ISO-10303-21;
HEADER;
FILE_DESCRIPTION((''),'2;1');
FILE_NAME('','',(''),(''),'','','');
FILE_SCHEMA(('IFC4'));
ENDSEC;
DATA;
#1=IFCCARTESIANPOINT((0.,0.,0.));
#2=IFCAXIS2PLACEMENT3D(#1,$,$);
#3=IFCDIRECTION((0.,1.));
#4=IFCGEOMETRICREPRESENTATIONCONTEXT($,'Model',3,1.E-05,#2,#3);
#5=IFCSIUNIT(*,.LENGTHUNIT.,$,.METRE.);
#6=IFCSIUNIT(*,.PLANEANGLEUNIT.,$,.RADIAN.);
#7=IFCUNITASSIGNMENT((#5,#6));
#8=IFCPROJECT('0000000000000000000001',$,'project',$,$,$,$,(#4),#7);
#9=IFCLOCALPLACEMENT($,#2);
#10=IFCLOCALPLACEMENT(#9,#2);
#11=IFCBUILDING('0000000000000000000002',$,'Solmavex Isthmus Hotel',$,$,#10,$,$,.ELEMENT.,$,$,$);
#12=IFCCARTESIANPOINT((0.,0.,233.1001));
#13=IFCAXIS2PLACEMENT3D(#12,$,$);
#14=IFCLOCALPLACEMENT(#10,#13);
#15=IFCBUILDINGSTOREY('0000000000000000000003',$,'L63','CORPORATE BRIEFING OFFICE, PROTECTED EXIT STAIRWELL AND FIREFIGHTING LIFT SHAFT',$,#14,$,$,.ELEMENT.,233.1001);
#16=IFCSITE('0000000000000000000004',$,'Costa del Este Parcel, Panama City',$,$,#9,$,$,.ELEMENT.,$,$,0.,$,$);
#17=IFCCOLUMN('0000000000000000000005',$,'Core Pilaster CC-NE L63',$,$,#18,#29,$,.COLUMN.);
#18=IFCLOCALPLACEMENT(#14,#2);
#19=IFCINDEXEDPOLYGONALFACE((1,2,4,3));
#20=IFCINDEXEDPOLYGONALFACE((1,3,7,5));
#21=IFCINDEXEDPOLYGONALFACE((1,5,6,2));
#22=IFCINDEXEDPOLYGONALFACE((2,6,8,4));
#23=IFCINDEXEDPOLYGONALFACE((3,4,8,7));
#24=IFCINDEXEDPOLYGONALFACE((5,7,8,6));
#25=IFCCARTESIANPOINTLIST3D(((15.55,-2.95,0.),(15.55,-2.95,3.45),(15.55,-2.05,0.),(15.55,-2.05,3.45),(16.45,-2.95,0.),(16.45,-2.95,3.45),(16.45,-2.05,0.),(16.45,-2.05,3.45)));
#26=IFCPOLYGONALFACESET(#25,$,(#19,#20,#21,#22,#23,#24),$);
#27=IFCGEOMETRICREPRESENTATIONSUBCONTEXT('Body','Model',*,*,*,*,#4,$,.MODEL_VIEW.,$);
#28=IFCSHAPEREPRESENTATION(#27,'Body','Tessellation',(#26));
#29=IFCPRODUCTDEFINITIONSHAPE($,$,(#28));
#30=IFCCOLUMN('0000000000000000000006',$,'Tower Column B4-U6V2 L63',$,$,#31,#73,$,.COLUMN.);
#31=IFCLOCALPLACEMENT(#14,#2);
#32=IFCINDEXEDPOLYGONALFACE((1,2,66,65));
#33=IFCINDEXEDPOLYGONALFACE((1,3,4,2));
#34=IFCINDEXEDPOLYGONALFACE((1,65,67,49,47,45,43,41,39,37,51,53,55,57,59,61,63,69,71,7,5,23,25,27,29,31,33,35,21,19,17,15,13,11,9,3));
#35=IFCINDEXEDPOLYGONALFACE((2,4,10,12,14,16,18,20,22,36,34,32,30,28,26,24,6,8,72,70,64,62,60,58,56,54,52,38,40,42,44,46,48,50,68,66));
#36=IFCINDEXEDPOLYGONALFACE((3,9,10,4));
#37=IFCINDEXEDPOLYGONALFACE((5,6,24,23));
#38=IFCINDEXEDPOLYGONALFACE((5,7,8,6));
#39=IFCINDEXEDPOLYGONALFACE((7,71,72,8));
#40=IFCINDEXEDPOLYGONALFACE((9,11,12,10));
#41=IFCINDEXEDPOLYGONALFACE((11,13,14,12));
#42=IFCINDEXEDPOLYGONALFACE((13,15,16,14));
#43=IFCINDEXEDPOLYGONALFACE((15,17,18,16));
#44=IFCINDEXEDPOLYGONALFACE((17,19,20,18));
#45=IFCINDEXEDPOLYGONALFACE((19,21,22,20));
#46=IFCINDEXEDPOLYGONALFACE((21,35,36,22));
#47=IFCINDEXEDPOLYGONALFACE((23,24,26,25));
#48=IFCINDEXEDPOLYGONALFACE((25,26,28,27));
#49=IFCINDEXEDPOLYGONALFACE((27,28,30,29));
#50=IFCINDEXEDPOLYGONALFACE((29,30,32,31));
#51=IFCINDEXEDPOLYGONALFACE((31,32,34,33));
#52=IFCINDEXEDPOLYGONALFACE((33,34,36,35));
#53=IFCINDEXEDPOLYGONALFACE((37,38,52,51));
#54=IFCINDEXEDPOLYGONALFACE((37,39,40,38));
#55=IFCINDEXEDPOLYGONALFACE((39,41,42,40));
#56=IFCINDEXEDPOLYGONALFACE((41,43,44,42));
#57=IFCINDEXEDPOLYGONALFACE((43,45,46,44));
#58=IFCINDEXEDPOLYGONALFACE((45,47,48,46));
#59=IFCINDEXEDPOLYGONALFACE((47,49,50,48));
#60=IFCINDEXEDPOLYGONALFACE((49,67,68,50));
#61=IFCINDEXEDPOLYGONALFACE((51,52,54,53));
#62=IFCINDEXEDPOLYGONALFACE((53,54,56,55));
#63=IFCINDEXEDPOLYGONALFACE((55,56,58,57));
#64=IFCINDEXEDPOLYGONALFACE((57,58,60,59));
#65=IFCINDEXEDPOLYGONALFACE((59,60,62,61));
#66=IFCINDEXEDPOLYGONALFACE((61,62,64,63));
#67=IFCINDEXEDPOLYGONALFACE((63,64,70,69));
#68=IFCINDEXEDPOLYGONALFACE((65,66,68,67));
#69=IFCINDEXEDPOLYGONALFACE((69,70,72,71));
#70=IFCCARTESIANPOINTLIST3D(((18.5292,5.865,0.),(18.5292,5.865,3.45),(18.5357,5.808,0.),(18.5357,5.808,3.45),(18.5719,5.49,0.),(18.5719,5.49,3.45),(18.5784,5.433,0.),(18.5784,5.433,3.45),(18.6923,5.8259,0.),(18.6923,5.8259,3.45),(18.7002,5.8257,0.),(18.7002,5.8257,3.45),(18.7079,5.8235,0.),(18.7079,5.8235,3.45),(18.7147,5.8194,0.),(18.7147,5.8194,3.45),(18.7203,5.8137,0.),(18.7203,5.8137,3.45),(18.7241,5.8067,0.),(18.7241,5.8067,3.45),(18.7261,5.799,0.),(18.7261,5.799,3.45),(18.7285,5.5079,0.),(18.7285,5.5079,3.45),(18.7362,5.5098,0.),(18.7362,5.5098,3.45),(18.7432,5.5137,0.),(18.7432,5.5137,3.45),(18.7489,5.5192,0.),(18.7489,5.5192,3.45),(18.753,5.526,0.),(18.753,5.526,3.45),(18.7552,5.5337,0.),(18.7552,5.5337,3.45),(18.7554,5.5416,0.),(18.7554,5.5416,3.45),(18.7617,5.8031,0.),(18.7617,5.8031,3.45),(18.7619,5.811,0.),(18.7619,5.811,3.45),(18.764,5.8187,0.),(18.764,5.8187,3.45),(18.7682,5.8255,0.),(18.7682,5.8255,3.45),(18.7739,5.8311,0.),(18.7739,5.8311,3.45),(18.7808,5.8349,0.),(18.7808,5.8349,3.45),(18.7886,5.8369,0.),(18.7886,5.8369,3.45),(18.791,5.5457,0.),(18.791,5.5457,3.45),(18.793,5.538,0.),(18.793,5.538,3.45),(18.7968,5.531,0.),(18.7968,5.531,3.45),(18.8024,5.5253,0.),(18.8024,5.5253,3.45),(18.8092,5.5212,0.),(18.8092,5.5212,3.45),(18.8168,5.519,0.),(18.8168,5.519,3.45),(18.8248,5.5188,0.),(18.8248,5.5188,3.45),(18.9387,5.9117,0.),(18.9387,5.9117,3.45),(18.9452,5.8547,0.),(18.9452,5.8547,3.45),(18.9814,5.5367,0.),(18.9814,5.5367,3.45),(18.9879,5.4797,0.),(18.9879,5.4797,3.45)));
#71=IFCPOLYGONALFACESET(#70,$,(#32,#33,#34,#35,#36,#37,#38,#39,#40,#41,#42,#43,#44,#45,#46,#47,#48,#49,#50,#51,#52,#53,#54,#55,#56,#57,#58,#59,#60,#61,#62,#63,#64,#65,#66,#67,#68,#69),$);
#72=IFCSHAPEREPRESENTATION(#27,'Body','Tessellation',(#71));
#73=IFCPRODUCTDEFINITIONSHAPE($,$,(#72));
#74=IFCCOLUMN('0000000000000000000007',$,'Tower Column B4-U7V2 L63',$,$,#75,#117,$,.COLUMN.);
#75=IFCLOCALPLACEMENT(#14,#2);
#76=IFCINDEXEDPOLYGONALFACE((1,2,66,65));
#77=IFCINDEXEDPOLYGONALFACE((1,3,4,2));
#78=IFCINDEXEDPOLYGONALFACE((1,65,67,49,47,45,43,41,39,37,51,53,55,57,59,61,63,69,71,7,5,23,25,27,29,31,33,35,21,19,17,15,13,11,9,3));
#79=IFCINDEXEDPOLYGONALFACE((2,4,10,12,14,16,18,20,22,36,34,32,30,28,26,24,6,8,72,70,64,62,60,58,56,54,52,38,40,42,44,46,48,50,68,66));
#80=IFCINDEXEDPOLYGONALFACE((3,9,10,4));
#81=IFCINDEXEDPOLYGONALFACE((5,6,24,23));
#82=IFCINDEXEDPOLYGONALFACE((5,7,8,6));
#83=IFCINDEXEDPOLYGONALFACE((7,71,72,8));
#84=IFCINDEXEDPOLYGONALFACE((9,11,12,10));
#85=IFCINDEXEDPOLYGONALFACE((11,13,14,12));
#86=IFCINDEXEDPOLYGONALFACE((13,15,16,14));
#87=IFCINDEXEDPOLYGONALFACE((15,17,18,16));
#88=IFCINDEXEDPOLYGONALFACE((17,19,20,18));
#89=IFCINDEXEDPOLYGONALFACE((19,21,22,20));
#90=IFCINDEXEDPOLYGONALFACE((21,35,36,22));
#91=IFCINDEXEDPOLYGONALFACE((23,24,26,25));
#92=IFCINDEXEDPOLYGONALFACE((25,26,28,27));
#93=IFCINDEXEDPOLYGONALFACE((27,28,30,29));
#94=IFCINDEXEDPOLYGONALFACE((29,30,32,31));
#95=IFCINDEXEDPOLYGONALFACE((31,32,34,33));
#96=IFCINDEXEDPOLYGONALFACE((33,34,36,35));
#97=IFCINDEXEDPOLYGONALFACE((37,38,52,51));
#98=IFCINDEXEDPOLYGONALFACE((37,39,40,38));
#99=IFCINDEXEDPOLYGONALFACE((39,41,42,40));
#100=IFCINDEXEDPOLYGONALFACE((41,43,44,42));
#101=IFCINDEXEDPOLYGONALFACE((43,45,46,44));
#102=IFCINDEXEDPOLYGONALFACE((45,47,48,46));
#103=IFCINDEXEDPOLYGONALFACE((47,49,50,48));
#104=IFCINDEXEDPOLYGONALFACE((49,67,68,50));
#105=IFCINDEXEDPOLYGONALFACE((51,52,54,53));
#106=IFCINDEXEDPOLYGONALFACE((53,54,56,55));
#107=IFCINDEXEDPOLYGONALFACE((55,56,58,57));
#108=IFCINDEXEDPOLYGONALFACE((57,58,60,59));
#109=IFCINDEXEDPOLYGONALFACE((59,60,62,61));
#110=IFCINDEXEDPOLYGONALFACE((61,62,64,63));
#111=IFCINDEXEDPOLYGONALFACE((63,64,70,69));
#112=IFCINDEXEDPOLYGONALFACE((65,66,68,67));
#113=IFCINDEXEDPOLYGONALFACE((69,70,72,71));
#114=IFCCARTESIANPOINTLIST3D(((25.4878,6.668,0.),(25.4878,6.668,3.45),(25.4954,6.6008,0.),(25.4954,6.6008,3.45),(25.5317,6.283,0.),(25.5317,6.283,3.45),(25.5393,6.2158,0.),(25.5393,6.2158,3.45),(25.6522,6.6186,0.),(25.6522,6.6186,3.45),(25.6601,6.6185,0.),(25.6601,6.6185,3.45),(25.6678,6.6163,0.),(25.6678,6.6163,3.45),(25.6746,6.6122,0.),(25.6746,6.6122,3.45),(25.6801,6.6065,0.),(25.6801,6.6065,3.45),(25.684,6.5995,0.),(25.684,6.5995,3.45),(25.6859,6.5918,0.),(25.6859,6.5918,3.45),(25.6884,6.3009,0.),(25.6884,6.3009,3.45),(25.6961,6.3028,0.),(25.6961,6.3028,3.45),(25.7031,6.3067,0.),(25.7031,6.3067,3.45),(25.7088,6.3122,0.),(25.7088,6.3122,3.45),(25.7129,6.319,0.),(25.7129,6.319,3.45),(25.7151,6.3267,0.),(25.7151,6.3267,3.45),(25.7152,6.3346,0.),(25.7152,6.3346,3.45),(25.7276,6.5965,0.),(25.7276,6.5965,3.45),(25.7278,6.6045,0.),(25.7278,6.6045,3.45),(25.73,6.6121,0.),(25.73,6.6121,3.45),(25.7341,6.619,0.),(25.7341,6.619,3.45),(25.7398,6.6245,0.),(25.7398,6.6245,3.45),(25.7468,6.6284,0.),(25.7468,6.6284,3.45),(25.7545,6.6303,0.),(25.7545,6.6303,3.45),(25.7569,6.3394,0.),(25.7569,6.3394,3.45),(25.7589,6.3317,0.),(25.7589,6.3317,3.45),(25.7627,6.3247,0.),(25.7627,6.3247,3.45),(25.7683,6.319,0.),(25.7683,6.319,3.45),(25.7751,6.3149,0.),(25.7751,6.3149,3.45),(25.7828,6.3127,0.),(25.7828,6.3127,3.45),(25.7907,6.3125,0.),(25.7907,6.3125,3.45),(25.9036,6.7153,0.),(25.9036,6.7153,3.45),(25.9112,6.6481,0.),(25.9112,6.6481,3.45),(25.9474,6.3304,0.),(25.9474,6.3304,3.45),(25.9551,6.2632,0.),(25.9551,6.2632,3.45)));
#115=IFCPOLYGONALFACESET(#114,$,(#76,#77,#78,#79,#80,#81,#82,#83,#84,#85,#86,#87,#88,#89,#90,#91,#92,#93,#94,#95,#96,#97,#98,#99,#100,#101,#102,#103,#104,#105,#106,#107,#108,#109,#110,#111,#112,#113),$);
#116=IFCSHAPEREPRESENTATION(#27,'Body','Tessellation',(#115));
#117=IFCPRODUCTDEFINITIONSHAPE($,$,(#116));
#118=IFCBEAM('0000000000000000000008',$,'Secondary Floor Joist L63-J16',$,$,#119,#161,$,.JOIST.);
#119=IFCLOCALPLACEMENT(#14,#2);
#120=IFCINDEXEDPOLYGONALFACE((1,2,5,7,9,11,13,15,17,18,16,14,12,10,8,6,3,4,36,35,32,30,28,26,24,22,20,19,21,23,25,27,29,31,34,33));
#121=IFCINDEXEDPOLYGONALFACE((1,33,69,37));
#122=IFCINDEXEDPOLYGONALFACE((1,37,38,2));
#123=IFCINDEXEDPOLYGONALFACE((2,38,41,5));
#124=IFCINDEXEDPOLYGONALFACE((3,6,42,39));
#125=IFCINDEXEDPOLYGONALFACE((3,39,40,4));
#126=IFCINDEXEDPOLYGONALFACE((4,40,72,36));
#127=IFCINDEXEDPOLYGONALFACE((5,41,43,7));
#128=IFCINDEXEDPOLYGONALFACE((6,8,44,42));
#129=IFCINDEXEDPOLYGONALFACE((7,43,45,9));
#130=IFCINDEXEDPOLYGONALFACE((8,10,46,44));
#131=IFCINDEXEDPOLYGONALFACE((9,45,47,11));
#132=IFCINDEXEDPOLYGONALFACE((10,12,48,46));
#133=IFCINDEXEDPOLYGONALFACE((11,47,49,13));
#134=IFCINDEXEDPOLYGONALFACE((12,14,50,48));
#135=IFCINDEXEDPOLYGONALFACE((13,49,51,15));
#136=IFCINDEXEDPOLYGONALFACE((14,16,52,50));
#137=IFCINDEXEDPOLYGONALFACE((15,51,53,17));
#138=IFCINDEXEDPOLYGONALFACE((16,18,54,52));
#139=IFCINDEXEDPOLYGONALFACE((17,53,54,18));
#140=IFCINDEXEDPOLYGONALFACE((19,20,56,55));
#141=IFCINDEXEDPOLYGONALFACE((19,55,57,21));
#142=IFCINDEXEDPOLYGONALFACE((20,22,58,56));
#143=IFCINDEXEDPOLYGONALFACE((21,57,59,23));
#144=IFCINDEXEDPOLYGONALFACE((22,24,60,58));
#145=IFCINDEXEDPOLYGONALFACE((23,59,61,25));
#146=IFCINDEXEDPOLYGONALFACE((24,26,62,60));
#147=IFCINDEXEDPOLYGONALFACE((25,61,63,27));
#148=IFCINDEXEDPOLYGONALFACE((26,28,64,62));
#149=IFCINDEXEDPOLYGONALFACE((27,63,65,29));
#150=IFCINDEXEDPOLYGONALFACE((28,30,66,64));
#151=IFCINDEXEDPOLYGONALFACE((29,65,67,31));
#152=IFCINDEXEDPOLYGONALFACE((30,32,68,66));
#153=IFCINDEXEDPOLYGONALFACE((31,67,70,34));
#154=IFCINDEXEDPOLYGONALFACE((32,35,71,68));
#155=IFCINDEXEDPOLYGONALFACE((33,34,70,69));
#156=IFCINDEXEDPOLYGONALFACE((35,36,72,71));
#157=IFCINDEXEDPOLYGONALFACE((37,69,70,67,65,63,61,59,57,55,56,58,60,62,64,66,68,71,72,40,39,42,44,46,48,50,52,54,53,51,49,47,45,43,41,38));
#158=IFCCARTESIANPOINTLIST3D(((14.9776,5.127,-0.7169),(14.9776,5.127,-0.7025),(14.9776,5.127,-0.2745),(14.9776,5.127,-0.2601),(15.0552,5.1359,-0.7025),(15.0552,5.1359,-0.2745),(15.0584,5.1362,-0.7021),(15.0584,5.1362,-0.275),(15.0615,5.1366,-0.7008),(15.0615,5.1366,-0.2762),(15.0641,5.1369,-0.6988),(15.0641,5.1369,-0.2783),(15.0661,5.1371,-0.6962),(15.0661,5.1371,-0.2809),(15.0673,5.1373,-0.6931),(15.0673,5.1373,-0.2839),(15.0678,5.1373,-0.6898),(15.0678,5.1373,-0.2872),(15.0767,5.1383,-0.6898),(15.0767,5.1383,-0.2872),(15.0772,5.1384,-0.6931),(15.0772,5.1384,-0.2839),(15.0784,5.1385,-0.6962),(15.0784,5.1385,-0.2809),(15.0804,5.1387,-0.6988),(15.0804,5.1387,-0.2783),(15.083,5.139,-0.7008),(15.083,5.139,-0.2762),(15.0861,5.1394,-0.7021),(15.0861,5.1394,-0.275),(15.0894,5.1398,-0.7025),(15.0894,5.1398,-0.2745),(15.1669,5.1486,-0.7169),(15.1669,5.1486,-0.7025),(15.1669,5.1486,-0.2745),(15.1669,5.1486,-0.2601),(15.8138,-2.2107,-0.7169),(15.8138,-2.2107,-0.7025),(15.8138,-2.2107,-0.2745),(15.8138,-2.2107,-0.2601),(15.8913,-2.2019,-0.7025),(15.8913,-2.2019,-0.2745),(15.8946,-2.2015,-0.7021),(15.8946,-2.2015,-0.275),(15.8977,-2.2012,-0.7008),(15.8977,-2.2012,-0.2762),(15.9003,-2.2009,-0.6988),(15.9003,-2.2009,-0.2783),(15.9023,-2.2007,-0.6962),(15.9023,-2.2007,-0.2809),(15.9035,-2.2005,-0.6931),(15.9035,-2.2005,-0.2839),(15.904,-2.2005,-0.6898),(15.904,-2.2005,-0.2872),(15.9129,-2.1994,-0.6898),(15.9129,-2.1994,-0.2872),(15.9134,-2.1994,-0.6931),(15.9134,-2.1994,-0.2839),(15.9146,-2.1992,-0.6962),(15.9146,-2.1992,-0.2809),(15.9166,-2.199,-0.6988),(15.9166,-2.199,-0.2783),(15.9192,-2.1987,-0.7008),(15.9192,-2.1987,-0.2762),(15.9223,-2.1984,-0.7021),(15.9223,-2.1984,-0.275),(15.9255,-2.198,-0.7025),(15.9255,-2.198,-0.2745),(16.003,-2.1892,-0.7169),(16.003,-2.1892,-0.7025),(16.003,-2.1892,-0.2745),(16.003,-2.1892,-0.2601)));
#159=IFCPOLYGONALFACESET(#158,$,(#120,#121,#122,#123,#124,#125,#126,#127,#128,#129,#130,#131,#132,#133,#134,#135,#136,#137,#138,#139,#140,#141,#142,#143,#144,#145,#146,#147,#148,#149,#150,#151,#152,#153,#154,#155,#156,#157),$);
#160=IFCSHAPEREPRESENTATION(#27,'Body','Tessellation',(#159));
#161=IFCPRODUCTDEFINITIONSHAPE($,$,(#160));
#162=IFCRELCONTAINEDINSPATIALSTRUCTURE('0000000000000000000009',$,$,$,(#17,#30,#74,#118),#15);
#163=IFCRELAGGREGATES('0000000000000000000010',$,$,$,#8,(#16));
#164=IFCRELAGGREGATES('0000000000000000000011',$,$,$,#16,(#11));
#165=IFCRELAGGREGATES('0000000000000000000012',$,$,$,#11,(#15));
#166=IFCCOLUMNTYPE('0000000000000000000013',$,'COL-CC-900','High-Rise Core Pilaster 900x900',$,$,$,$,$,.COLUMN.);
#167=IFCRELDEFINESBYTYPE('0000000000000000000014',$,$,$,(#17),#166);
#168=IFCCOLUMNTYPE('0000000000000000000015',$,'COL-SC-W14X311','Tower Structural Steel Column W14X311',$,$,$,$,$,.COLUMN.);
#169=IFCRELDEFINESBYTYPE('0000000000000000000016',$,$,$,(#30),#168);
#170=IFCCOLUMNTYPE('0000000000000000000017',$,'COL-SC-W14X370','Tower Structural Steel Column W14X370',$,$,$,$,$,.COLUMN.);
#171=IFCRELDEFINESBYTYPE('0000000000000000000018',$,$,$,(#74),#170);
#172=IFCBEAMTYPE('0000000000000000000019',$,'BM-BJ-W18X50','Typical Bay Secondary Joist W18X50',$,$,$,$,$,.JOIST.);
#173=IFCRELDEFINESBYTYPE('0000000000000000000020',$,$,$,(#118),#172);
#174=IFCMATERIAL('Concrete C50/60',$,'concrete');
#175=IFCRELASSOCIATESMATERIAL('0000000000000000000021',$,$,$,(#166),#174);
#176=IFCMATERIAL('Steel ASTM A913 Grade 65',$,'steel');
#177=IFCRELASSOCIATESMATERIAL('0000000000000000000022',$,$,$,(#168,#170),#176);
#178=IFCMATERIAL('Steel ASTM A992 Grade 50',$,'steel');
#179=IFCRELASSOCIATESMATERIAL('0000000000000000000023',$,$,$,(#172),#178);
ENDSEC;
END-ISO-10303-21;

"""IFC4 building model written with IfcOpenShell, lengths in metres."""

from ifc_helpers import new_model, si_unit, direction, frame, origin, origin_2d, place, context, subcontext, project, spatial, rectangle, i_section, extrude, material, material_profile, profile_set, type_object, element, save


model = new_model("IFC4")

# Units and contexts
model_context = context("Model", 3, precision=1e-05, world=origin(), true_north=direction((0.0, 1.0)))
body_context = subcontext(model_context, "Body", "Model", "MODEL_VIEW")
ifc_project = project(units=[si_unit("LENGTHUNIT", "METRE"), si_unit("PLANEANGLEUNIT", "RADIAN")], contexts=[model_context])

# Site, building, storey
site_placement = place(None, origin())
site = spatial("IfcSite", under=ifc_project, at=site_placement, Name="Costa del Este Parcel, Panama City", CompositionType="ELEMENT", RefElevation=0.0)
building_placement = place(site_placement, origin())
building = spatial("IfcBuilding", under=site, at=building_placement, Name="Solmavex Isthmus Hotel", CompositionType="ELEMENT")
storey_placement = place(building_placement, frame((0.0, 0.0, 233.1001)))
storey = spatial("IfcBuildingStorey", under=building, at=storey_placement, Name="L63", Description="CORPORATE BRIEFING OFFICE, PROTECTED EXIT STAIRWELL AND FIREFIGHTING LIFT SHAFT", CompositionType="ELEMENT", Elevation=233.1001)

# Columns
ifc_material_1 = material(Name="Concrete C50/60", Category="concrete")
ifc_material_profile_1 = material_profile(ifc_material_1, rectangle(XDim=0.8999, YDim=0.8999, at=origin_2d()), Name="RC900X900")
ifc_profile_set_1 = profile_set([ifc_material_profile_1], Name="Concrete C50/60")
column_type_1 = type_object("IfcColumnType", Name="COL-CC-900", Description="High-Rise Core Pilaster 900x900", PredefinedType="COLUMN", material=ifc_profile_set_1)
column_1_placement = place(storey_placement, frame((16.0, -2.5, 0.0), z_axis=(0.0, 0.0, 1.0), x_axis=(1.0, 0.0, 0.0)))
element("IfcColumn", 1, at=column_1_placement, inside=storey, type_object=column_type_1, Name="Core Pilaster CC-NE L63", PredefinedType="COLUMN", context=body_context, shape_type="SweptSolid", body=[
    extrude(rectangle(XDim=0.8999, YDim=0.8999, at=origin_2d()), origin(), (0.0, 0.0, 1.0), 3.45),
])
ifc_material_2 = material(Name="Steel ASTM A913 Grade 65", Category="steel")
ifc_material_profile_2 = material_profile(ifc_material_2, i_section(OverallWidth=0.4121, OverallDepth=0.4348, WebThickness=0.0359, FlangeThickness=0.0574, FilletRadius=0.0305, at=origin_2d()), Name="W14X311")
ifc_profile_set_2 = profile_set([ifc_material_profile_2], Name="Steel ASTM A913 Grade 65")
column_type_2 = type_object("IfcColumnType", Name="COL-SC-W14X311", Description="Tower Structural Steel Column W14X311", PredefinedType="COLUMN", material=ifc_profile_set_2)
column_2_placement = place(storey_placement, frame((18.7585, 5.6724, 0.0), z_axis=(0.0, 0.0, 1.0), x_axis=(0.993572, 0.113203, 0.0)))
element("IfcColumn", 2, at=column_2_placement, inside=storey, type_object=column_type_2, Name="Tower Column B4-U6V2 L63", PredefinedType="COLUMN", context=body_context, shape_type="SweptSolid", body=[
    extrude(i_section(OverallWidth=0.4121, OverallDepth=0.4348, WebThickness=0.0359, FlangeThickness=0.0574, FilletRadius=0.0305, at=origin_2d()), origin(), (0.0, 0.0, 1.0), 3.45),
])
ifc_material_profile_3 = material_profile(ifc_material_2, i_section(OverallWidth=0.4185, OverallDepth=0.4551, WebThickness=0.042, FlangeThickness=0.0676, FilletRadius=0.0305, at=origin_2d()), Name="W14X370")
ifc_profile_set_3 = profile_set([ifc_material_profile_3], Name="Steel ASTM A913 Grade 65")
column_type_3 = type_object("IfcColumnType", Name="COL-SC-W14X370", Description="Tower Structural Steel Column W14X370", PredefinedType="COLUMN", material=ifc_profile_set_3)
column_3_placement = place(storey_placement, frame((25.7214, 6.4656, 0.0), z_axis=(0.0, 0.0, 1.0), x_axis=(0.993572, 0.113203, 0.0)))
element("IfcColumn", 3, at=column_3_placement, inside=storey, type_object=column_type_3, Name="Tower Column B4-U7V2 L63", PredefinedType="COLUMN", context=body_context, shape_type="SweptSolid", body=[
    extrude(i_section(OverallWidth=0.4185, OverallDepth=0.4551, WebThickness=0.042, FlangeThickness=0.0676, FilletRadius=0.0305, at=origin_2d()), origin(), (0.0, 0.0, 1.0), 3.45),
])

# Beam
ifc_material_3 = material(Name="Steel ASTM A992 Grade 50", Category="steel")
ifc_material_profile_4 = material_profile(ifc_material_3, i_section(OverallWidth=0.1904, OverallDepth=0.4568, WebThickness=0.009, FlangeThickness=0.0144, FilletRadius=0.0127, at=origin_2d()), Name="W18X50")
ifc_profile_set_4 = profile_set([ifc_material_profile_4], Name="Steel ASTM A992 Grade 50")
beam_type_1 = type_object("IfcBeamType", Name="BM-BJ-W18X50", Description="Typical Bay Secondary Joist W18X50", PredefinedType="JOIST", material=ifc_profile_set_4)
beam_1_placement = place(storey_placement, frame((15.9084, -2.2, -0.4885), z_axis=(-0.113225, 0.993569, 0.0), x_axis=(-0.993569, -0.113225, 0.0)))
element("IfcBeam", 4, at=beam_1_placement, inside=storey, type_object=beam_type_1, Name="Secondary Floor Joist L63-J16", PredefinedType="JOIST", context=body_context, shape_type="SweptSolid", body=[
    extrude(i_section(OverallWidth=0.1904, OverallDepth=0.4568, WebThickness=0.009, FlangeThickness=0.0144, FilletRadius=0.0127, at=origin_2d()), origin(), (0.0, 0.0, 1.0), 7.3853),
])

save(model, "model.ifc")
